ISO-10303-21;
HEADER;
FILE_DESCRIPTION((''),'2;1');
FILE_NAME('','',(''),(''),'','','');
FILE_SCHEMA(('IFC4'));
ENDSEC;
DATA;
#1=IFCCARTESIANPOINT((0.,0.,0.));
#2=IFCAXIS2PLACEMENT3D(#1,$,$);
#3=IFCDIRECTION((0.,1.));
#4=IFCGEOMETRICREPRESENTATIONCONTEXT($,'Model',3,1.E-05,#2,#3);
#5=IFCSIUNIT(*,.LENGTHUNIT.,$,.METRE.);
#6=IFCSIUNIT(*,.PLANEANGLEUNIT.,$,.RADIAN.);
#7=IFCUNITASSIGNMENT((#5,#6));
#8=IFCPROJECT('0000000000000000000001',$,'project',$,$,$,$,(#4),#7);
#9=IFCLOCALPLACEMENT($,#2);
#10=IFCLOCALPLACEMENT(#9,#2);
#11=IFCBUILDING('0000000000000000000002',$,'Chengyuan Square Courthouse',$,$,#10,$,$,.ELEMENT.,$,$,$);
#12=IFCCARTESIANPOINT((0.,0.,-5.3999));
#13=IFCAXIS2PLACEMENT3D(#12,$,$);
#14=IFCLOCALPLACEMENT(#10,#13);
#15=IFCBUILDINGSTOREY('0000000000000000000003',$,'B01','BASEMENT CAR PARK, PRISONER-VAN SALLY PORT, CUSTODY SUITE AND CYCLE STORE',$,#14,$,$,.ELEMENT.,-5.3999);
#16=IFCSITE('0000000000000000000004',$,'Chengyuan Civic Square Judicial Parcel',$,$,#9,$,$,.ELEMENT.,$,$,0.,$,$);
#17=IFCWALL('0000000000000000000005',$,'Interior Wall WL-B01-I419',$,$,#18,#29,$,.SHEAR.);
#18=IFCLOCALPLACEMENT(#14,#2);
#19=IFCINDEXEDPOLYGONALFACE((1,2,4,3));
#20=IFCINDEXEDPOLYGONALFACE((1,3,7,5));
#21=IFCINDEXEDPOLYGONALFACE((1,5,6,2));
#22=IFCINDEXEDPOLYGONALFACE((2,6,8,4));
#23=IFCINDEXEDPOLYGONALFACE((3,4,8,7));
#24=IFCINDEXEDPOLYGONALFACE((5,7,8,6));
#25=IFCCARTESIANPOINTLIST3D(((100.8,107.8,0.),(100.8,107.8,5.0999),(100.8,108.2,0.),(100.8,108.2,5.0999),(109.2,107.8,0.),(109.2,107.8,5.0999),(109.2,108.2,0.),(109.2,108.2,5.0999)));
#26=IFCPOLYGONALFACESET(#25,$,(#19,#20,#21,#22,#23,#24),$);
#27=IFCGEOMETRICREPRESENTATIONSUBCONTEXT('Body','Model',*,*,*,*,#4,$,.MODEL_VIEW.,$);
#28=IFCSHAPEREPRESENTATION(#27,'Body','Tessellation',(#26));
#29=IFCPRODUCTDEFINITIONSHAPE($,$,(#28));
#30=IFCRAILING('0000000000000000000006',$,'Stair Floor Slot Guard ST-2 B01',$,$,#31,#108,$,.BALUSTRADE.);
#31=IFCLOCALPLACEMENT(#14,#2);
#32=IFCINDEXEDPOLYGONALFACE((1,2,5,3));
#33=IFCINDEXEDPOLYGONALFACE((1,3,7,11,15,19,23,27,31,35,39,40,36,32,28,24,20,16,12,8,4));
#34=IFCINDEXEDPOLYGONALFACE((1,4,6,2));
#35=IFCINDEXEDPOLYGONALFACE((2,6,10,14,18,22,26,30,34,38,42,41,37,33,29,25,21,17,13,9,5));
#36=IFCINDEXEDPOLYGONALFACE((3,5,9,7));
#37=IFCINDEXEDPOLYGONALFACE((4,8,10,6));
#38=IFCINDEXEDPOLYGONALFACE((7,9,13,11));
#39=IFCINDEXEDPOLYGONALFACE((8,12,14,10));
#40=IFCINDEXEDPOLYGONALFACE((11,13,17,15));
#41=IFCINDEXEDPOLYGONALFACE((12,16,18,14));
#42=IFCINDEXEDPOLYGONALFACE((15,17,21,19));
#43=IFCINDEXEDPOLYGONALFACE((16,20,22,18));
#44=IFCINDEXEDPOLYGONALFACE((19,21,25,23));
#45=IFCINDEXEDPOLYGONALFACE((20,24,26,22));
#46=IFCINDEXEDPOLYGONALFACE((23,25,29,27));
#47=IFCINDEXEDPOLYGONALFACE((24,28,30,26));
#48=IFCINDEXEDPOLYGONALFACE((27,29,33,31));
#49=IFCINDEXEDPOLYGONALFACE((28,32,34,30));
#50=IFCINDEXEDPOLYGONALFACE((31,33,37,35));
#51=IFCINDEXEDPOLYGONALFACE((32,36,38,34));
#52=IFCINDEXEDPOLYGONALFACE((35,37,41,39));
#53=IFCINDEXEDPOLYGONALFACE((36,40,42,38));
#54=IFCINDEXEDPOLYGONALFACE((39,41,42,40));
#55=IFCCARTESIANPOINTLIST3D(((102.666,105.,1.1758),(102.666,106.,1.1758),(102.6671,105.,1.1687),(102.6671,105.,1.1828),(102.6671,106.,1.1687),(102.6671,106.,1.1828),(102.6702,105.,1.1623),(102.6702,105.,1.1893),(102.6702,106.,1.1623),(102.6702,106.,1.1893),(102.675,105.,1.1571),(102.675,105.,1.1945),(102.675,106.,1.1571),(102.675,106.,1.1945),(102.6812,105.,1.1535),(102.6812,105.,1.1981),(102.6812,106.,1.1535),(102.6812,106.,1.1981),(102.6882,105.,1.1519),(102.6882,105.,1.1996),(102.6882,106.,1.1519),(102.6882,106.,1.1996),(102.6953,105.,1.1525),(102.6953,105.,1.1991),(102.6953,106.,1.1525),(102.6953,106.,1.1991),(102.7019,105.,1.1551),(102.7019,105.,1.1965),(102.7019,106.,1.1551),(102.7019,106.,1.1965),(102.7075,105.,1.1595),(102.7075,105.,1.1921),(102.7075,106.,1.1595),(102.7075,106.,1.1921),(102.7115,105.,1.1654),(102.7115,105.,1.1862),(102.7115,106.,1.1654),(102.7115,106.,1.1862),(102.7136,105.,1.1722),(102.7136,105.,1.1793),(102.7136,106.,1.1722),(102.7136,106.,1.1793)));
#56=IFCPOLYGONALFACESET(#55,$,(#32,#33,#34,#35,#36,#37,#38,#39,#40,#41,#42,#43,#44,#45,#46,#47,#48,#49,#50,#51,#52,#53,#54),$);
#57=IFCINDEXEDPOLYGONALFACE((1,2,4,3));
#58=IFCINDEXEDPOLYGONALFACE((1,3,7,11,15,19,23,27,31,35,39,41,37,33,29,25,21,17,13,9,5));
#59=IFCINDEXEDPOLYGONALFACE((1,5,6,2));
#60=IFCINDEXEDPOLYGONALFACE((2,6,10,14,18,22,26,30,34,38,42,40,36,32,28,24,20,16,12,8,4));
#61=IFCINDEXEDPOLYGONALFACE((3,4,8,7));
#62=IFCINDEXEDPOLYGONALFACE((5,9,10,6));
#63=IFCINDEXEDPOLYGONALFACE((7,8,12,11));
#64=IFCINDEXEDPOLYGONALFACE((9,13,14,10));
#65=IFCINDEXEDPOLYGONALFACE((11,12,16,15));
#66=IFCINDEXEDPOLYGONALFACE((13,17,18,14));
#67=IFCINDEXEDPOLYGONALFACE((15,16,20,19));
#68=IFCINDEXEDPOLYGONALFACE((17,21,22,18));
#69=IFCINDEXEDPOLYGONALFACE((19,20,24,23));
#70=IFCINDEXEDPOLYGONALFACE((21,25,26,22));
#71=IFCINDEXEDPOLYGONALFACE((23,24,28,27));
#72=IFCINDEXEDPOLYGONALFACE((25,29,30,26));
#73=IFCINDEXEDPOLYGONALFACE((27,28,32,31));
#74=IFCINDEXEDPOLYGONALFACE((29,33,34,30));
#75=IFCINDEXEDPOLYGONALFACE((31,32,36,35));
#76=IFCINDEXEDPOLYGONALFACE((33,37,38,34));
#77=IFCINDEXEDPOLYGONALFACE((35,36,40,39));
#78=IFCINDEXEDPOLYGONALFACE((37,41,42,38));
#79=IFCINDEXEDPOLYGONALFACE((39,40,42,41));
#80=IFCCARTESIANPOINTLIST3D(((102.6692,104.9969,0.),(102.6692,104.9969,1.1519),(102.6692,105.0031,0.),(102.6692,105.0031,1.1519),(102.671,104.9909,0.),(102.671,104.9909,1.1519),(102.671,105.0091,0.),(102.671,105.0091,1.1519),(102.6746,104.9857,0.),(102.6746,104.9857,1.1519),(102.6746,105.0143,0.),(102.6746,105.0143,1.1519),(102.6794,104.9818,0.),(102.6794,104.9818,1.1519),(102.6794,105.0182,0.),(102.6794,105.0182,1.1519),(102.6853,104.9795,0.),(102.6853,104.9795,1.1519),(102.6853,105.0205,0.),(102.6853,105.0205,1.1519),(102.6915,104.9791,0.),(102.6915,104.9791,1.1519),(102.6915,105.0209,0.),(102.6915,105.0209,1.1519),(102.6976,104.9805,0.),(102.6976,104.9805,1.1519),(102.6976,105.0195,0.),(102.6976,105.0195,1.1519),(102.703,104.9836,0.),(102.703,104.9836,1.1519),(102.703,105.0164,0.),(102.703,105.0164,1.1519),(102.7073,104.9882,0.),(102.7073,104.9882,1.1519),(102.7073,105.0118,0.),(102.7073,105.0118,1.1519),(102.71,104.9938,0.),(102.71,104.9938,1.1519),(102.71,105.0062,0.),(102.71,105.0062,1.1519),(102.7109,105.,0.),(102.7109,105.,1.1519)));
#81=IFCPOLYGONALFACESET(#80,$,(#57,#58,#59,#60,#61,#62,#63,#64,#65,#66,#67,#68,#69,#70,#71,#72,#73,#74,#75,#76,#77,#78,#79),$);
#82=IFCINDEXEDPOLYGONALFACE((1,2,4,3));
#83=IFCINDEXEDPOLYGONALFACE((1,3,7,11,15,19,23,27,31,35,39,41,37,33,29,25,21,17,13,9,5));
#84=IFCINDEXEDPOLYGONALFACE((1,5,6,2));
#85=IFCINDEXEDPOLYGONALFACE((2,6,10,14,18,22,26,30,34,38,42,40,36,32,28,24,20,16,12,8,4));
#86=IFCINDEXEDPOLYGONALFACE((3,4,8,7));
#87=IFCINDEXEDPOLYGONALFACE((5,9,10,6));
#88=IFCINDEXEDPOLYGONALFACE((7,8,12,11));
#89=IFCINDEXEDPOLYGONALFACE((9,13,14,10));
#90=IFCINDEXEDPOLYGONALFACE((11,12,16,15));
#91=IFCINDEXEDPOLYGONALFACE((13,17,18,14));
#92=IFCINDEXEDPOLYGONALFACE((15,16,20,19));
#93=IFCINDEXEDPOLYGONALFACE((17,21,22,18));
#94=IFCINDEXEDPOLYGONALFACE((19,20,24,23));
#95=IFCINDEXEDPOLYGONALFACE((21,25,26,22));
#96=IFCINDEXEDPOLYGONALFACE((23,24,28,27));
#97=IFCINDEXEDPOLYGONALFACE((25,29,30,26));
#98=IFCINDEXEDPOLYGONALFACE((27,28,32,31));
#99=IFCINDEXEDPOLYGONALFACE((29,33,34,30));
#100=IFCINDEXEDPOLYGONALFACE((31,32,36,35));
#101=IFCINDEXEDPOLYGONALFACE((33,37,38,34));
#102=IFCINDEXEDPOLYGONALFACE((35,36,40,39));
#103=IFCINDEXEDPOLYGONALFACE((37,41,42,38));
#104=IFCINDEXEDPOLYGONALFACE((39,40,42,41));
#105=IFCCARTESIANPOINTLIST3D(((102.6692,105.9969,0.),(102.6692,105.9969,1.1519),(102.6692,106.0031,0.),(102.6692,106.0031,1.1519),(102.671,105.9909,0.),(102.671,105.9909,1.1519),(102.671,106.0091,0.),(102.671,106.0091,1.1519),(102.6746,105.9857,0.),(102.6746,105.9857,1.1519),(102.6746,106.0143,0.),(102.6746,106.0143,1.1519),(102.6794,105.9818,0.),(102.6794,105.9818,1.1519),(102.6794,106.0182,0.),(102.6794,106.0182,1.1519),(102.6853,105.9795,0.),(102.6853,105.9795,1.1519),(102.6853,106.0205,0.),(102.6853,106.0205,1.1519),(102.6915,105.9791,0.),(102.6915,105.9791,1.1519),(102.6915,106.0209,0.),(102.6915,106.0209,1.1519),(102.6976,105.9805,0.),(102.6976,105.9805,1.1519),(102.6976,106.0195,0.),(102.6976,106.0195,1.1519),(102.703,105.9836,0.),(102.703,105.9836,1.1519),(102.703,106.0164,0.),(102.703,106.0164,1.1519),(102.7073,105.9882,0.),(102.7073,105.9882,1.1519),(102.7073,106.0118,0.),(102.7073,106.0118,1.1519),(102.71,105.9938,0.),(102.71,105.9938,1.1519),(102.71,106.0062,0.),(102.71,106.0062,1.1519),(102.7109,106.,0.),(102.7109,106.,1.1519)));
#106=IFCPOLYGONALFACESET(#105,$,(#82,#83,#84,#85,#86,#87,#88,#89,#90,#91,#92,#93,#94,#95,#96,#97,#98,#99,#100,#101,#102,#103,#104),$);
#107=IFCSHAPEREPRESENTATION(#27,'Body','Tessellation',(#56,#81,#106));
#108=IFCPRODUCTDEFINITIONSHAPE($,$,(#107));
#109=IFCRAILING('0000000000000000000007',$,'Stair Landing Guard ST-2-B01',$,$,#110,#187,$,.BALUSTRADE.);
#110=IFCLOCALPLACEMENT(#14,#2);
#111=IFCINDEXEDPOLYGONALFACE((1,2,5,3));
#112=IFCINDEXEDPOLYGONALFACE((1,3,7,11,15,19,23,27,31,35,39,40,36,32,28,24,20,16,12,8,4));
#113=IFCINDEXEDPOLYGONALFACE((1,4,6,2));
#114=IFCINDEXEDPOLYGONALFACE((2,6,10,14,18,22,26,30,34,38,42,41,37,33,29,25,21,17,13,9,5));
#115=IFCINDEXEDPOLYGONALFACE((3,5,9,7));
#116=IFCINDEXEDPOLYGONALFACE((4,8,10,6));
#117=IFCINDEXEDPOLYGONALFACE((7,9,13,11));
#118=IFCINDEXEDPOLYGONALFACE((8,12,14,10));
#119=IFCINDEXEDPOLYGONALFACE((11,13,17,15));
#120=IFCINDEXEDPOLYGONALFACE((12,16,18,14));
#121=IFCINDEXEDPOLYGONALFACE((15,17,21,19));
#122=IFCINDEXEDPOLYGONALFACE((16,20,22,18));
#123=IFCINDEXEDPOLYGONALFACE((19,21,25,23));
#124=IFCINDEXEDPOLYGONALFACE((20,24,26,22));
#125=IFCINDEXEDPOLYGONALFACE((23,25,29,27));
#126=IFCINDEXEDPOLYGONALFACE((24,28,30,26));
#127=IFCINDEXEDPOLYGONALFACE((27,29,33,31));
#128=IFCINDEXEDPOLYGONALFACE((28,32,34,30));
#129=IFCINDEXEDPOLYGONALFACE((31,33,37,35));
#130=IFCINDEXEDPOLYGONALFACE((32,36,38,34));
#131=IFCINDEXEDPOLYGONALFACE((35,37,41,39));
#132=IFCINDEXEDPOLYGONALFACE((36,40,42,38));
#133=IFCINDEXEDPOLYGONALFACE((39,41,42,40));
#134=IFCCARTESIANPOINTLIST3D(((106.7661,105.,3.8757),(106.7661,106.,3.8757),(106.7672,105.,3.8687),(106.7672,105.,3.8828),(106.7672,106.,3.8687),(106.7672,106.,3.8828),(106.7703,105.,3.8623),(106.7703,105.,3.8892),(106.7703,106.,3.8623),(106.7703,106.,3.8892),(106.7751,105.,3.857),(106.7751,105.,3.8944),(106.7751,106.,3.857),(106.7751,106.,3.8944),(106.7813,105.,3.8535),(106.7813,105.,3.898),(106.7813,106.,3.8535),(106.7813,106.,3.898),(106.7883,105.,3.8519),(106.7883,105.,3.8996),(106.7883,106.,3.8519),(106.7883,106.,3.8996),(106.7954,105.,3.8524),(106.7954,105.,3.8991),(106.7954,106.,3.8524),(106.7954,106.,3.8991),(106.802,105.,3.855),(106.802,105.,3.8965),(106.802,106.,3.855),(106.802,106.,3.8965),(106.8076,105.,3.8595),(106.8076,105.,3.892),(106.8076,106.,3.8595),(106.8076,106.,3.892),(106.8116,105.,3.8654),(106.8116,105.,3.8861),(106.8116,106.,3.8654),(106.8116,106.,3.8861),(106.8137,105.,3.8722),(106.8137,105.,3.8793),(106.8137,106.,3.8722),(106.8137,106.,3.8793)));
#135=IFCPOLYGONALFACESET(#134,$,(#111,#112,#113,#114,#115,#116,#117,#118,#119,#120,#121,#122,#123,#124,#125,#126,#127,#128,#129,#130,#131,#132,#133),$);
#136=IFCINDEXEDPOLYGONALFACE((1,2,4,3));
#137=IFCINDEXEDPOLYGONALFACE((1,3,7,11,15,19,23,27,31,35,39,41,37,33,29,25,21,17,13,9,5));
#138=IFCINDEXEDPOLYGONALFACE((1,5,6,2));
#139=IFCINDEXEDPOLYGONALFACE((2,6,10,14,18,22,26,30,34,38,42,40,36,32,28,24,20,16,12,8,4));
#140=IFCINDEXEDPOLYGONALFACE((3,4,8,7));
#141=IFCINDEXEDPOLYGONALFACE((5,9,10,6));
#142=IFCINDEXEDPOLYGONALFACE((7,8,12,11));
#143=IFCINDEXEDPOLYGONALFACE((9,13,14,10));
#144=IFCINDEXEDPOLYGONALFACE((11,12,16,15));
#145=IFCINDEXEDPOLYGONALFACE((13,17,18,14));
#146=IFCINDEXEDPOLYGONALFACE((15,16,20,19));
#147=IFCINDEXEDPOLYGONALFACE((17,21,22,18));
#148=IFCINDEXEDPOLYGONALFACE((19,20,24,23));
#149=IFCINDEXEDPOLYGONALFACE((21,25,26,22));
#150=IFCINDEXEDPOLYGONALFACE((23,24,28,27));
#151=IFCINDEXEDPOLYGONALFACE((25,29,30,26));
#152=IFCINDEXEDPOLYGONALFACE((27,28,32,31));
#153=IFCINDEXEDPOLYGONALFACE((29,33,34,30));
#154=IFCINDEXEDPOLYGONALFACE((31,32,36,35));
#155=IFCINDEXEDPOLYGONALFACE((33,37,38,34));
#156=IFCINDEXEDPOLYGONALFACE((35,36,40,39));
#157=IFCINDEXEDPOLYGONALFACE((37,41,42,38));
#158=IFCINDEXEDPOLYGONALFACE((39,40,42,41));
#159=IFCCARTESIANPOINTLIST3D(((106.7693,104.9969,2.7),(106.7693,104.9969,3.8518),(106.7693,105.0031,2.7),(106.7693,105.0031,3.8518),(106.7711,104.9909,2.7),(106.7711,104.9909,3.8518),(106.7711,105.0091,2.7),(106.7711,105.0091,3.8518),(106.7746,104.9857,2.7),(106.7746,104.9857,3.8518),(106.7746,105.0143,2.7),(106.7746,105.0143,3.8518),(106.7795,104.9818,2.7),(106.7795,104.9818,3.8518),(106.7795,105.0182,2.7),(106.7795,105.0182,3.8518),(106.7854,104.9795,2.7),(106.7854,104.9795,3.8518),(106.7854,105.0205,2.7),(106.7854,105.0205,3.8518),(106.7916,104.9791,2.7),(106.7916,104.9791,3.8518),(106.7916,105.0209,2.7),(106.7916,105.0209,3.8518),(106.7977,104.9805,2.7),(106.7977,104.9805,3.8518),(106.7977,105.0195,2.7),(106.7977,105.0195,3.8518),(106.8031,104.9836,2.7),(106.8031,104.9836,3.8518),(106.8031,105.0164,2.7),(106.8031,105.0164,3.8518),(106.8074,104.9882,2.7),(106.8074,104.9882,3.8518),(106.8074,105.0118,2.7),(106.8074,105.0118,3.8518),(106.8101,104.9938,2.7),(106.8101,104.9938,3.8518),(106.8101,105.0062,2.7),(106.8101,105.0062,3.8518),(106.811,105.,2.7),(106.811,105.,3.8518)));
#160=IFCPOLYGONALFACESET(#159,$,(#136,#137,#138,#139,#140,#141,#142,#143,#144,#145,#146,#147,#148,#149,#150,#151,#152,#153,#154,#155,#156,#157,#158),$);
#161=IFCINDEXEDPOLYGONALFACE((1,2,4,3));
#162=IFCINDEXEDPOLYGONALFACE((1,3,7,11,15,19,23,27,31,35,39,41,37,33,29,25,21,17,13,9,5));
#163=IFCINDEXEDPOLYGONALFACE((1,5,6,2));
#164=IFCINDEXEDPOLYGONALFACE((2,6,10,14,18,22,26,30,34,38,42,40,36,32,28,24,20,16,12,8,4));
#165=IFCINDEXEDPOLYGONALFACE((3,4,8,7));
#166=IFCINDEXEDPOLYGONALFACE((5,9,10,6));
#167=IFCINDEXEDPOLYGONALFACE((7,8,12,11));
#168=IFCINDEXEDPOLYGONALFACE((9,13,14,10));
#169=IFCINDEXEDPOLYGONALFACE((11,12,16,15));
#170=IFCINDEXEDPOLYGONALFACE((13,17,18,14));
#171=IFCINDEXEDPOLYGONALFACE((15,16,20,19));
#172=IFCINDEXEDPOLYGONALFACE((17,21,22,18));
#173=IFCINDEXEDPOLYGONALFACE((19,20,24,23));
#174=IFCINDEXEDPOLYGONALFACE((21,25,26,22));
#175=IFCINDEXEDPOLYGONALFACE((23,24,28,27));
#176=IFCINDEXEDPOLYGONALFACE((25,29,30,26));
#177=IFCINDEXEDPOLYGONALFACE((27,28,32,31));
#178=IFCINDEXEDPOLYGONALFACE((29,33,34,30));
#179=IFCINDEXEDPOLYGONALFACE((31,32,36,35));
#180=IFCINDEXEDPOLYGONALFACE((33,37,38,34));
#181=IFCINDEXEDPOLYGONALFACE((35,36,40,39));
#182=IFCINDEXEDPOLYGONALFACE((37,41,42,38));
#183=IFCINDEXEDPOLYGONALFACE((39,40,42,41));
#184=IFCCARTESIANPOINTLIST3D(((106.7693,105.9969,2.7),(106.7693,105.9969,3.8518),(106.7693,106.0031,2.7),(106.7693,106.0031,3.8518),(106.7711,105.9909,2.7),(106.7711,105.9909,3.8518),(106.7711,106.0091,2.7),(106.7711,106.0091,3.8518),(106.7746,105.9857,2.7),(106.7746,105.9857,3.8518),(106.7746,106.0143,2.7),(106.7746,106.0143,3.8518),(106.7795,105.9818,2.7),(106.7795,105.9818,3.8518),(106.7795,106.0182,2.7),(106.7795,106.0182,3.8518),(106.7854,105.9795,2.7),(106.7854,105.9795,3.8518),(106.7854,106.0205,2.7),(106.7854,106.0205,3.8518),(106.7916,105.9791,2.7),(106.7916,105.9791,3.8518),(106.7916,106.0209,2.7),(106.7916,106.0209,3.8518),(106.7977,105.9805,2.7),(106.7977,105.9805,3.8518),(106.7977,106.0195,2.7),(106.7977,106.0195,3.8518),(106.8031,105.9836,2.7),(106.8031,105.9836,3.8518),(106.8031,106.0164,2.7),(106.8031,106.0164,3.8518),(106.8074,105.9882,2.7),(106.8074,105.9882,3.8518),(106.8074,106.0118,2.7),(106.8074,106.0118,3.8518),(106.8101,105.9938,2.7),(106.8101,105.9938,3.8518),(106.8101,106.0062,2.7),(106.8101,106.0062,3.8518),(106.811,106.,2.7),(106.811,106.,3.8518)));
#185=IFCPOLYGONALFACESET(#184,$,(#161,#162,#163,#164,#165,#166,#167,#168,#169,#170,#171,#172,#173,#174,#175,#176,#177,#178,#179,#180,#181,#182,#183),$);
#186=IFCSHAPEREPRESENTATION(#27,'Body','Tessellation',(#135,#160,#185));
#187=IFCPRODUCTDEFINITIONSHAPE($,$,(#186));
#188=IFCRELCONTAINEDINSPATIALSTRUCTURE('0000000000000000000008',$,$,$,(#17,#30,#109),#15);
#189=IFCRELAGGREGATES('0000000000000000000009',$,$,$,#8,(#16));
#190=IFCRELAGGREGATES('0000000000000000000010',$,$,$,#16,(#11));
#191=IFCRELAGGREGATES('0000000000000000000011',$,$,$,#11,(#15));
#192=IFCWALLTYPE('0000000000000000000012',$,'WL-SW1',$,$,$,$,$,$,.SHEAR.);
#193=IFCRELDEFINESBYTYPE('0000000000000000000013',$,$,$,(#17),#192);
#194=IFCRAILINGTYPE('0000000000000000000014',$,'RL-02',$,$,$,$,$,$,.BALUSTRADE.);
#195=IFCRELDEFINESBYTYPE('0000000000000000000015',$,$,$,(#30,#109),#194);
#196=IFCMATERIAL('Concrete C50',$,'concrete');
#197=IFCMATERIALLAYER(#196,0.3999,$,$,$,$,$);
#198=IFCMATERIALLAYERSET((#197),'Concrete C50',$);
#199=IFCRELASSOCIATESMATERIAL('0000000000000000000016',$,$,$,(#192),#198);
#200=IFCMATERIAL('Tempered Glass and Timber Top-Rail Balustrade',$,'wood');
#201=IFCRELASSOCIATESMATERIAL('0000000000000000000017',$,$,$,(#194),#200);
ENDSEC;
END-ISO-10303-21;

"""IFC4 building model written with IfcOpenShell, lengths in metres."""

from ifc_helpers import new_model, si_unit, direction, frame, frame_2d, origin, origin_2d, place, context, subcontext, project, spatial, rectangle, circle, extrude, material, layer, layer_set, type_object, element, save


model = new_model("IFC4")

# Units and contexts
model_context = context("Model", 3, precision=1e-05, world=origin(), true_north=direction((0.0, 1.0)))
body_context = subcontext(model_context, "Body", "Model", "MODEL_VIEW")
ifc_project = project(units=[si_unit("LENGTHUNIT", "METRE"), si_unit("PLANEANGLEUNIT", "RADIAN")], contexts=[model_context])

# Site, building, storey
site_placement = place(None, origin())
site = spatial("IfcSite", under=ifc_project, at=site_placement, Name="Chengyuan Civic Square Judicial Parcel", CompositionType="ELEMENT", RefElevation=0.0)
building_placement = place(site_placement, origin())
building = spatial("IfcBuilding", under=site, at=building_placement, Name="Chengyuan Square Courthouse", CompositionType="ELEMENT")
storey_placement = place(building_placement, frame((0.0, 0.0, -5.3999)))
storey = spatial("IfcBuildingStorey", under=building, at=storey_placement, Name="B01", Description="BASEMENT CAR PARK, PRISONER-VAN SALLY PORT, CUSTODY SUITE AND CYCLE STORE", CompositionType="ELEMENT", Elevation=-5.3999)

# Shared definitions
ifc_material_1 = material(Name="Concrete C50", Category="concrete")

# Wall
ifc_layer_1 = layer(ifc_material_1, 0.3999)
ifc_layer_set_1 = layer_set([ifc_layer_1], Name="Concrete C50")
wall_type_1 = type_object("IfcWallType", Name="WL-SW1", PredefinedType="SHEAR", material=ifc_layer_set_1)
wall_1_placement = place(storey_placement, frame((100.8, 108.0, 0.0), z_axis=(0.0, 0.0, 1.0), x_axis=(1.0, 0.0, 0.0)))
element("IfcWall", 1, at=wall_1_placement, inside=storey, type_object=wall_type_1, Name="Interior Wall WL-B01-I419", PredefinedType="SHEAR", context=body_context, shape_type="SweptSolid", body=[
    extrude(rectangle(XDim=8.3999, YDim=0.3999, at=frame_2d((4.2, 0.0))), origin(), (0.0, 0.0, 1.0), 5.0999),
])

# Railings
ifc_material_2 = material(Name="Tempered Glass and Timber Top-Rail Balustrade", Category="wood")
railing_type = type_object("IfcRailingType", Name="RL-02", PredefinedType="BALUSTRADE", material=ifc_material_2)
for number, where, name in (
    (2, (102.6899, 105.0, 0.0), "Stair Floor Slot Guard ST-2 B01"),
    (3, (106.79, 105.0, 2.7), "Stair Landing Guard ST-2-B01"),
):
    element("IfcRailing", number, at=place(storey_placement, frame(where)), inside=storey, type_object=railing_type, Name=name, PredefinedType="BALUSTRADE", context=body_context, shape_type="SweptSolid", body=[
        extrude(circle(Radius=0.0239, at=origin_2d()), frame((0.0, 0.0, 1.1758), z_axis=(0.0, 1.0, 0.0), x_axis=(-1.0, 0.0, 0.0)), (0.0, 0.0, 1.0), 1.0),
        extrude(circle(Radius=0.021, at=origin_2d()), origin(), (0.0, 0.0, 1.0), 1.1519),
        extrude(circle(Radius=0.021, at=origin_2d()), frame((0.0, 1.0, 0.0)), (0.0, 0.0, 1.0), 1.1519),
    ])

save(model, "model.ifc")
